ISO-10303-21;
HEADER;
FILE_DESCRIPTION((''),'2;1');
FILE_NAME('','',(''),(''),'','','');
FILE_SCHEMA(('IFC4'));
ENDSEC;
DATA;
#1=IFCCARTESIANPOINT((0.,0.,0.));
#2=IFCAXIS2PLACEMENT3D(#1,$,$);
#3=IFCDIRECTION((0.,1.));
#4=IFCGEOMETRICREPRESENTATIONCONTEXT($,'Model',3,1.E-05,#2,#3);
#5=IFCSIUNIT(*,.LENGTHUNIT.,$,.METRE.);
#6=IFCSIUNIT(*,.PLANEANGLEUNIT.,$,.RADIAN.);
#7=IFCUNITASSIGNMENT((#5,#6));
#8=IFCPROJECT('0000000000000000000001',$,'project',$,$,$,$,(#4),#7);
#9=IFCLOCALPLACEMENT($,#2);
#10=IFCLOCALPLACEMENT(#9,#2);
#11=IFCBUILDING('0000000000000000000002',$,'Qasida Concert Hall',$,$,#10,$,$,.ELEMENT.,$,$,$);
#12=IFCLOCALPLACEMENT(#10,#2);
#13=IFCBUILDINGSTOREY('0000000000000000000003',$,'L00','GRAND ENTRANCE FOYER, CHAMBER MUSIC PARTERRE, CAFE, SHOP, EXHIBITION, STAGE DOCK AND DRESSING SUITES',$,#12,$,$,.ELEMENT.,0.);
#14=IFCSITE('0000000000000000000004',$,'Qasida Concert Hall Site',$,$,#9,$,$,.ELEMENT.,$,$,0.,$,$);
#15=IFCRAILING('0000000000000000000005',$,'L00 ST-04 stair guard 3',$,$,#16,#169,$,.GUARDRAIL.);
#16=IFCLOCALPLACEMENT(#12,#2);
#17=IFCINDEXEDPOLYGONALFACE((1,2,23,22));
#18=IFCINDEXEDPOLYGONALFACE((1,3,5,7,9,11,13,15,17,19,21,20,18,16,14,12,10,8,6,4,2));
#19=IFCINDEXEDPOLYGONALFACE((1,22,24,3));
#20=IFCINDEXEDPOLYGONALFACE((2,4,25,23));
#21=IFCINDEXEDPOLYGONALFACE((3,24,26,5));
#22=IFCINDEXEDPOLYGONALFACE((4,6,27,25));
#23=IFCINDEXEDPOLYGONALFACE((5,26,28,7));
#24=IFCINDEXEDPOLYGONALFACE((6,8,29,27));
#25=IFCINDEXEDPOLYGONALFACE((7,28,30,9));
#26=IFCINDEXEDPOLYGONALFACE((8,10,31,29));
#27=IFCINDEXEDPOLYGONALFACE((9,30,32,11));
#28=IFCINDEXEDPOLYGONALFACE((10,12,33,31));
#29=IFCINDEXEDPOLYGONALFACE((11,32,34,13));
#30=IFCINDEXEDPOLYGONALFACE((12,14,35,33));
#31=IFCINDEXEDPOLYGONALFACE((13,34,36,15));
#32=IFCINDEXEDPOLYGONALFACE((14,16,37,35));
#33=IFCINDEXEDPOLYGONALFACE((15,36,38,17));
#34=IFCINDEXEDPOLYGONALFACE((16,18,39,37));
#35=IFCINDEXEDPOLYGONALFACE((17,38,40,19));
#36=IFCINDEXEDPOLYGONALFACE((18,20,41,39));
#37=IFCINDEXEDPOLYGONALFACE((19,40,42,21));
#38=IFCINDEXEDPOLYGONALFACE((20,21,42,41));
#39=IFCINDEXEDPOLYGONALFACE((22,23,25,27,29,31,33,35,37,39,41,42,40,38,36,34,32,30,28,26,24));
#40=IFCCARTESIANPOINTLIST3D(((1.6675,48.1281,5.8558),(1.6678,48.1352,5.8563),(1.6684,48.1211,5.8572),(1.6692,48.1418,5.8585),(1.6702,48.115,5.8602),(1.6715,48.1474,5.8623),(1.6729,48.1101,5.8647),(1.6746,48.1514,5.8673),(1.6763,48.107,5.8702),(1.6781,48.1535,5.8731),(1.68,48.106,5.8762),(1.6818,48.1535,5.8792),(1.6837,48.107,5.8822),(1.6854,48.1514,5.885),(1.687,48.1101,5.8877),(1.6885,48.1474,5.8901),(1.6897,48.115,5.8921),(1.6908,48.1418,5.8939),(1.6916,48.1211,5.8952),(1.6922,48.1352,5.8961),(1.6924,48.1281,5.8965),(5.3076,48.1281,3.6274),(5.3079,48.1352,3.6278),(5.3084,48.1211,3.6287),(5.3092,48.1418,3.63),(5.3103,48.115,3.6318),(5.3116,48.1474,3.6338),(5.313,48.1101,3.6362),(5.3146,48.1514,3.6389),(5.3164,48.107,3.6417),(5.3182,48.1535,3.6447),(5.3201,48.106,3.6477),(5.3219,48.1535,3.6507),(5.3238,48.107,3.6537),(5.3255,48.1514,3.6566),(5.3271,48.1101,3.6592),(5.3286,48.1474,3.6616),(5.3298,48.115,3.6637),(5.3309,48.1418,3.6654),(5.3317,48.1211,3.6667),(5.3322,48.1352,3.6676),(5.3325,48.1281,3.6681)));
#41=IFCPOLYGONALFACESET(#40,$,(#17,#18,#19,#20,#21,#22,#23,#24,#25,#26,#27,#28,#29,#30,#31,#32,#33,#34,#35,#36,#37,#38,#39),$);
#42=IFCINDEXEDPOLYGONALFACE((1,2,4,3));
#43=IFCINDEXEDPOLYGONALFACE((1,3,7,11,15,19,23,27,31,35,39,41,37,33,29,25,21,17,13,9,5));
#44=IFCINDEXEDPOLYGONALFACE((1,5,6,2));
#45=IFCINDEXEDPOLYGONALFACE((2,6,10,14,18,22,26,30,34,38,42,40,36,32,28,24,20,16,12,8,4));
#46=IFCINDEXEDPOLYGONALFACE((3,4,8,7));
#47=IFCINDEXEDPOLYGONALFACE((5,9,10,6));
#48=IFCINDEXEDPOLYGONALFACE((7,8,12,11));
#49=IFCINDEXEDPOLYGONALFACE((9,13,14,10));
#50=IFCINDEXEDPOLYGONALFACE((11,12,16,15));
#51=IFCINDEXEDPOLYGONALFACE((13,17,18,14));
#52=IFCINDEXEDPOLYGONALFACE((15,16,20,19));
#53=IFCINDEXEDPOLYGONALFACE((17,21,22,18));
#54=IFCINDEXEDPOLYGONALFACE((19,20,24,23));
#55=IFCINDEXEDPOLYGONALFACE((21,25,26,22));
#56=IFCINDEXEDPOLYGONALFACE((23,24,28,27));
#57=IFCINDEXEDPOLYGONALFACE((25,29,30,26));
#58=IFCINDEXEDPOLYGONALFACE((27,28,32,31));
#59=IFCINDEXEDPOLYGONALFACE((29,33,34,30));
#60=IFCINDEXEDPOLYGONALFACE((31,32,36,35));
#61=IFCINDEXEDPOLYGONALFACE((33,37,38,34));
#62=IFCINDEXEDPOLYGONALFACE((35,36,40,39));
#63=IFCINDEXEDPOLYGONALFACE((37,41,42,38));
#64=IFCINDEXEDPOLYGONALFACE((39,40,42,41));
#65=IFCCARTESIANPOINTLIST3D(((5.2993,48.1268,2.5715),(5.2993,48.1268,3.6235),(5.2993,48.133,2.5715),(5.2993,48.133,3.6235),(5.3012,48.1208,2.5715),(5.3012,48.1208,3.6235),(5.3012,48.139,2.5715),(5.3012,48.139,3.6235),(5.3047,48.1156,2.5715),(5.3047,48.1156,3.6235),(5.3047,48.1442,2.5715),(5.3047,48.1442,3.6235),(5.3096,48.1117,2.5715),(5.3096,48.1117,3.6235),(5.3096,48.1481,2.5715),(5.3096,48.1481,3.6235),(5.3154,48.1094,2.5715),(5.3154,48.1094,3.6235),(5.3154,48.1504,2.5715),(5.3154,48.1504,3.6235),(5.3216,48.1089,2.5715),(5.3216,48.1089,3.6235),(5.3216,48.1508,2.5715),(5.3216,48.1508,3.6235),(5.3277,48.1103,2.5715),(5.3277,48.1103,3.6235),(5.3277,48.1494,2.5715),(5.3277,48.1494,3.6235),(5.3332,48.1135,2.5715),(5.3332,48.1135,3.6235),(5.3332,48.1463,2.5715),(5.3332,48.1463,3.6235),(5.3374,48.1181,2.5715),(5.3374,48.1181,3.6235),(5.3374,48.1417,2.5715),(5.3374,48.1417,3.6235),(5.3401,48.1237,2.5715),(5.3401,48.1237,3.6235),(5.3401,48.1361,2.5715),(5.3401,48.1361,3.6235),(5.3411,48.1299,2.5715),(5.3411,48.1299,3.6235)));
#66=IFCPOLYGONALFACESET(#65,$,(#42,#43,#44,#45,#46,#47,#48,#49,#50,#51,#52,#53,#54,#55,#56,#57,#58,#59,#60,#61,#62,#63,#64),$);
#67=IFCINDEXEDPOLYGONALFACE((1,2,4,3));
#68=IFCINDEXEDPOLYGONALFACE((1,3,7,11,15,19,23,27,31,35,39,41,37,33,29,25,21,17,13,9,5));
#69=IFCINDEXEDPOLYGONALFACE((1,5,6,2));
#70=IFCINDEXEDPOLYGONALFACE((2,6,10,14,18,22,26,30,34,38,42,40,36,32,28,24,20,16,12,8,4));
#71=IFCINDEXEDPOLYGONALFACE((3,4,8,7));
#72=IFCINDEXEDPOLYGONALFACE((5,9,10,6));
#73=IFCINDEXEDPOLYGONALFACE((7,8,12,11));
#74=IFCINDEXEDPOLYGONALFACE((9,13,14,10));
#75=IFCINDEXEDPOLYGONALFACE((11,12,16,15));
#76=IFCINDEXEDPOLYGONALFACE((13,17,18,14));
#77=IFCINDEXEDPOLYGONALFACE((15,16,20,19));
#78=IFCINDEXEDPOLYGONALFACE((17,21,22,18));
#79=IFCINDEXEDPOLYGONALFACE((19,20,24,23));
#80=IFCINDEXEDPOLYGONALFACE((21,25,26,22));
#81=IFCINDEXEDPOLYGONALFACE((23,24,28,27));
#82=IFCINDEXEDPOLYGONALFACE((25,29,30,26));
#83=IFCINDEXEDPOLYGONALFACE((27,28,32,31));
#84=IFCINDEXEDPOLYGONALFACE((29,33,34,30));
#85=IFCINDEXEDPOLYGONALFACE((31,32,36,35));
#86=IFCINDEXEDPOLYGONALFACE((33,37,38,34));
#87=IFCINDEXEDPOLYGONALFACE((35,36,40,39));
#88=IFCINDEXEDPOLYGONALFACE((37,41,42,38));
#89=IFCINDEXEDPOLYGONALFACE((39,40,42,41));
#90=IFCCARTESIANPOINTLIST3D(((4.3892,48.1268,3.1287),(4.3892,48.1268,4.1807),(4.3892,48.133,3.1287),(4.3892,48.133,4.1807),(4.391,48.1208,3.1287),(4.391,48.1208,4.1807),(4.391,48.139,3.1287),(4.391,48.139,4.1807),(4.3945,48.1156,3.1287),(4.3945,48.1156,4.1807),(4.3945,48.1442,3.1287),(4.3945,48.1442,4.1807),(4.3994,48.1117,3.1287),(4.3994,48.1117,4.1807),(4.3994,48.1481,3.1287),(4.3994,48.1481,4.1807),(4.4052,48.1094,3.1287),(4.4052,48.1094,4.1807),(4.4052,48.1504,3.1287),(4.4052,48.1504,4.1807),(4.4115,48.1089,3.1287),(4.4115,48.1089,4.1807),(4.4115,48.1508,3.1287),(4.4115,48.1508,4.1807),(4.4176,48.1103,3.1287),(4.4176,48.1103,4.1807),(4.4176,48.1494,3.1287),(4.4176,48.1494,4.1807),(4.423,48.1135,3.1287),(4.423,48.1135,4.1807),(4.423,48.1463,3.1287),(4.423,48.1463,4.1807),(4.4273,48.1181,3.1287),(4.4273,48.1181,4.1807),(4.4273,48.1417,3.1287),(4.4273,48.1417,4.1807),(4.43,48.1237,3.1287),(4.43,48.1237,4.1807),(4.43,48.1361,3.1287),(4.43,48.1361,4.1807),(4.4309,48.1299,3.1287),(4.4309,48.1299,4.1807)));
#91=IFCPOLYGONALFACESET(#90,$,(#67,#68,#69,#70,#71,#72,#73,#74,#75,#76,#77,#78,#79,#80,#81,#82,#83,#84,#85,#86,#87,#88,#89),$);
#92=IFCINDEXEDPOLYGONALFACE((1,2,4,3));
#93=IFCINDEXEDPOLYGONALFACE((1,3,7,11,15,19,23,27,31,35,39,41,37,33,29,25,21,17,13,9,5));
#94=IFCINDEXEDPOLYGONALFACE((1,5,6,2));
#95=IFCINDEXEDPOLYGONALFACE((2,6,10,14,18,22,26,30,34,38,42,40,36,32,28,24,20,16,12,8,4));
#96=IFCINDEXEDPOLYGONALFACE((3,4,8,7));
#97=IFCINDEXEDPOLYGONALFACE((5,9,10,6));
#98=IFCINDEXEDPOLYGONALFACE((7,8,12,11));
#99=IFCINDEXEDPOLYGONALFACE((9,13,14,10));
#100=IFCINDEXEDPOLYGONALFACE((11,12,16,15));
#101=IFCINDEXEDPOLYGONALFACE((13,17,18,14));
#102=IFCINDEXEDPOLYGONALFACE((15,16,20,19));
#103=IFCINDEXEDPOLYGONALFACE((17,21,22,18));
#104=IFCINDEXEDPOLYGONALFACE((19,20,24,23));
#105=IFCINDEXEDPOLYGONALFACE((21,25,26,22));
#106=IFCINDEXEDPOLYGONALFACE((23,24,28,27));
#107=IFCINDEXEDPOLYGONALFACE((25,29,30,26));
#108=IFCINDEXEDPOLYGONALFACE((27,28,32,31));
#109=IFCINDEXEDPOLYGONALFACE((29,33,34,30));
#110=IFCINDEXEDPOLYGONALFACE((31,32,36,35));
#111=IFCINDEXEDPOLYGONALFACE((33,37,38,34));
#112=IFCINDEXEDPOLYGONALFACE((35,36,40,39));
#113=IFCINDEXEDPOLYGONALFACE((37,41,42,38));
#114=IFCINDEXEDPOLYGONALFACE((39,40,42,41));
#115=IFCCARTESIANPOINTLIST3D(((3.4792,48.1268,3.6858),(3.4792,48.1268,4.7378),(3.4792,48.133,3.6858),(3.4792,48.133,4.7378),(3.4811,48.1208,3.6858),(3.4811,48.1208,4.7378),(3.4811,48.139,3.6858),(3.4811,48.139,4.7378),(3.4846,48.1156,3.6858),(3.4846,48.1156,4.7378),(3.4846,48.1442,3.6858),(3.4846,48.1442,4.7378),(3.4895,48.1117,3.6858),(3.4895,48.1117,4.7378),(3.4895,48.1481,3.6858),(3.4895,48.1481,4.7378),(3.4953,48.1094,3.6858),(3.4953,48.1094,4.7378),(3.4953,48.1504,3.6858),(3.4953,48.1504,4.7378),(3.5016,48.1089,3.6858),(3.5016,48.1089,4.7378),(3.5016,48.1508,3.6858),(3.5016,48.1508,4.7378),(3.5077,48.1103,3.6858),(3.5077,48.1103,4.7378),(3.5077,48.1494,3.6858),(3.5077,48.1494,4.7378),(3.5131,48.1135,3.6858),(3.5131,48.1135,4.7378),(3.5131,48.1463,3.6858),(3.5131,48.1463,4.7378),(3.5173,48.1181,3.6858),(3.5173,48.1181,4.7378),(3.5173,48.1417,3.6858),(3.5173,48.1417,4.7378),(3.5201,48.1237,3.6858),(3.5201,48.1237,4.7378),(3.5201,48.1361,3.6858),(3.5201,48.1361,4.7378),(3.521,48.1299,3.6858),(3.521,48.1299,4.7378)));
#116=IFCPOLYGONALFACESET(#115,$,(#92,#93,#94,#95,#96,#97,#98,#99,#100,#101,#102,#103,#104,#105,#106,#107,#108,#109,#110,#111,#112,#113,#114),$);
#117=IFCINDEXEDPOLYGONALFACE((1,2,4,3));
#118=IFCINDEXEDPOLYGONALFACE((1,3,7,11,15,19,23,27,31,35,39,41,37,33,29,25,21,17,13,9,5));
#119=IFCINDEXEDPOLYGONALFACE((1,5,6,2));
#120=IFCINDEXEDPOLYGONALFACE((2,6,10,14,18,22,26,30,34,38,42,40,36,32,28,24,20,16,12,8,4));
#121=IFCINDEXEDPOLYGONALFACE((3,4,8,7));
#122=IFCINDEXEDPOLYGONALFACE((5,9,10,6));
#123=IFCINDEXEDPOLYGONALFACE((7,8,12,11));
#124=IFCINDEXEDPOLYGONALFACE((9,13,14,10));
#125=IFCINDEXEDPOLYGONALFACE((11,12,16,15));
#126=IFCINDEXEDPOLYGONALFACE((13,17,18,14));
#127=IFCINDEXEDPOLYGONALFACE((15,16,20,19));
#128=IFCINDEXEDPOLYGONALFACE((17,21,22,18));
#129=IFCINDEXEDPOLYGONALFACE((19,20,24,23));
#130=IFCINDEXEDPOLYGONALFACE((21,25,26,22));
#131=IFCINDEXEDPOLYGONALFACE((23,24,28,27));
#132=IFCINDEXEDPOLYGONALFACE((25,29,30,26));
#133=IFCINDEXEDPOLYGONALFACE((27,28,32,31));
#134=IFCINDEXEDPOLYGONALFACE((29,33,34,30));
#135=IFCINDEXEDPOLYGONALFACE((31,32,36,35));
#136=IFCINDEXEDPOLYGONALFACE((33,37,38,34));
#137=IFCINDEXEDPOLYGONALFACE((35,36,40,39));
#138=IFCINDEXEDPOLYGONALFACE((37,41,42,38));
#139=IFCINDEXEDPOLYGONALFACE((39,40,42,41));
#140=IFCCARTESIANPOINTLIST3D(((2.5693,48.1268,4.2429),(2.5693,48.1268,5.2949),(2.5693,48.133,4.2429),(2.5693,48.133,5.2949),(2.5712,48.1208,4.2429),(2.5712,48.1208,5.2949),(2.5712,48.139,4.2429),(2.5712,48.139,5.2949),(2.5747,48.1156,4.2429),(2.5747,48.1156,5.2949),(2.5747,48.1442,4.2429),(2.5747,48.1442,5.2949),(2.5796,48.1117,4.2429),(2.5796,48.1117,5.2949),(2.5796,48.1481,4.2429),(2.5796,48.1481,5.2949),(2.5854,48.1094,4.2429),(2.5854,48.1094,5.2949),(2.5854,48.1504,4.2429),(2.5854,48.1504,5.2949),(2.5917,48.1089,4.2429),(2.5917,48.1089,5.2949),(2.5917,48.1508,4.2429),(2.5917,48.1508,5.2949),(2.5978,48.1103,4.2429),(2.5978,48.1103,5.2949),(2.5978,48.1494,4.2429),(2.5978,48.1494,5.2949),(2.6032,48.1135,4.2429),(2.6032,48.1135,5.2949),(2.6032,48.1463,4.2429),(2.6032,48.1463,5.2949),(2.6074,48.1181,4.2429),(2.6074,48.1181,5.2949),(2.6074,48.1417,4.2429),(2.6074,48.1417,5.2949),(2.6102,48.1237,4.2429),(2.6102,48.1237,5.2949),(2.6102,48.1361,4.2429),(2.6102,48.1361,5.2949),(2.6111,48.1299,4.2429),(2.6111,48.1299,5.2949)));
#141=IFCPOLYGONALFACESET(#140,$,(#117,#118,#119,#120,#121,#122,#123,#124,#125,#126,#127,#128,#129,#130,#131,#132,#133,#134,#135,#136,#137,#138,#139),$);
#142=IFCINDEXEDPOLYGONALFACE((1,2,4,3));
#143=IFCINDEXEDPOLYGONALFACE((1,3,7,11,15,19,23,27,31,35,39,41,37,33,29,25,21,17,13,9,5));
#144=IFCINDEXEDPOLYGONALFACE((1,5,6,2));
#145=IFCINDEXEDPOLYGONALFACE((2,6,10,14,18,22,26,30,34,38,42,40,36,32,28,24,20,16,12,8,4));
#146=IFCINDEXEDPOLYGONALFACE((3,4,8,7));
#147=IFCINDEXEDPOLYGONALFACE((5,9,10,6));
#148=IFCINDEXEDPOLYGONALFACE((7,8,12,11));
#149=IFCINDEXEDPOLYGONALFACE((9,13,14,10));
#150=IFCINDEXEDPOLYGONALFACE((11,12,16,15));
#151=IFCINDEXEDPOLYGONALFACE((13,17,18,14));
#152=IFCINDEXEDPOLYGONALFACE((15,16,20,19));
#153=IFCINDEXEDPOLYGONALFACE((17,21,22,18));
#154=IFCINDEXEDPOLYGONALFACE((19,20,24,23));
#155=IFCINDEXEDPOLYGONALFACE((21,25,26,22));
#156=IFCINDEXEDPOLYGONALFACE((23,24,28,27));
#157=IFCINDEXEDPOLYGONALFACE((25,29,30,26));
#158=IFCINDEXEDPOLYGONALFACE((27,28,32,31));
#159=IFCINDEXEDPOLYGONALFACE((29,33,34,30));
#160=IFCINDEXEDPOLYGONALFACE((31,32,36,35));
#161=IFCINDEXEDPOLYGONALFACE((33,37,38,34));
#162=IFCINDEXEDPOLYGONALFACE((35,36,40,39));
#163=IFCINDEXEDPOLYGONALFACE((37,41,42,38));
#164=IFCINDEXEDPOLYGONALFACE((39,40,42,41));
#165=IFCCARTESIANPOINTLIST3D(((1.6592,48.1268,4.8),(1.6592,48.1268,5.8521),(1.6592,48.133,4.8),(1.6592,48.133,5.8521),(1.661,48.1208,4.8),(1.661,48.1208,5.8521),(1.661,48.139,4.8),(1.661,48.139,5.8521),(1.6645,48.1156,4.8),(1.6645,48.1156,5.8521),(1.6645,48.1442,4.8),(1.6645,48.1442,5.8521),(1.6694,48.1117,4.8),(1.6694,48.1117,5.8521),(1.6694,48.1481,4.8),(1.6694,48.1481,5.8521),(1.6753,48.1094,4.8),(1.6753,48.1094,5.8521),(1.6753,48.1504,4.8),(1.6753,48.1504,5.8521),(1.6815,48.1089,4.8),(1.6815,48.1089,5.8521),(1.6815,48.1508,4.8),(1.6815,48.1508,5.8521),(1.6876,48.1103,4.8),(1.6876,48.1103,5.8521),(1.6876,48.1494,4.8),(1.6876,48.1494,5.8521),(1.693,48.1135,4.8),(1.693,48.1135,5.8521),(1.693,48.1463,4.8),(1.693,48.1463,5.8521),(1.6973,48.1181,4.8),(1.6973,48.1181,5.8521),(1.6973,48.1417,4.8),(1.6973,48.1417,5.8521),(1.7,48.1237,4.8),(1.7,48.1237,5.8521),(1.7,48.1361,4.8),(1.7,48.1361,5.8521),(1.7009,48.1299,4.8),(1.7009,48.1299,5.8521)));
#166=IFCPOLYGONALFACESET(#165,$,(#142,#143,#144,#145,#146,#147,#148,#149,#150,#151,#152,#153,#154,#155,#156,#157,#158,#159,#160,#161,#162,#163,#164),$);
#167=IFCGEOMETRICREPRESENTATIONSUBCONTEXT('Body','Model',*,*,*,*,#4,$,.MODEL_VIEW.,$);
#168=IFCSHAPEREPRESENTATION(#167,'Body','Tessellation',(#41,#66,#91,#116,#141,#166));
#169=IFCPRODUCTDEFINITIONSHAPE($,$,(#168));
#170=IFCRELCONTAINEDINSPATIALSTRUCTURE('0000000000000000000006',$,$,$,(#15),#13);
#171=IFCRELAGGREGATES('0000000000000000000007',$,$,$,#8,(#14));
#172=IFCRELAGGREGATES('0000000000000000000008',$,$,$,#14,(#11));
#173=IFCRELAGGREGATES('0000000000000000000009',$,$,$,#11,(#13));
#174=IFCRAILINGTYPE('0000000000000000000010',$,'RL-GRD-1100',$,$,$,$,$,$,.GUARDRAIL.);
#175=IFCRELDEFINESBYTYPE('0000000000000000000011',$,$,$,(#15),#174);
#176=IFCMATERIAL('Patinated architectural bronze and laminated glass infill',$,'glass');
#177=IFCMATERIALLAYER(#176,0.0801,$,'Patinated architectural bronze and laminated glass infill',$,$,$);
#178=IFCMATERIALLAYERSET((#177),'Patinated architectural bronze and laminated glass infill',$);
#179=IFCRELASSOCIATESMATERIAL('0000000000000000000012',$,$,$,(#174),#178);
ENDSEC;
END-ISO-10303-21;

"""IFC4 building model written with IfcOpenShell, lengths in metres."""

from ifc_helpers import new_model, si_unit, direction, frame, origin, origin_2d, place, context, subcontext, project, spatial, circle, extrude, material, layer, layer_set, type_object, element, save


model = new_model("IFC4")

# Units and contexts
model_context = context("Model", 3, precision=1e-05, world=origin(), true_north=direction((0.0, 1.0)))
body_context = subcontext(model_context, "Body", "Model", "MODEL_VIEW")
ifc_project = project(units=[si_unit("LENGTHUNIT", "METRE"), si_unit("PLANEANGLEUNIT", "RADIAN")], contexts=[model_context])

# Site, building, storey
site_placement = place(None, origin())
site = spatial("IfcSite", under=ifc_project, at=site_placement, Name="Qasida Concert Hall Site", CompositionType="ELEMENT", RefElevation=0.0)
building_placement = place(site_placement, origin())
building = spatial("IfcBuilding", under=site, at=building_placement, Name="Qasida Concert Hall", CompositionType="ELEMENT")
storey_placement = place(building_placement, origin())
storey = spatial("IfcBuildingStorey", under=building, at=storey_placement, Name="L00", Description="GRAND ENTRANCE FOYER, CHAMBER MUSIC PARTERRE, CAFE, SHOP, EXHIBITION, STAGE DOCK AND DRESSING SUITES", CompositionType="ELEMENT", Elevation=0.0)

# Railing
ifc_material_1 = material(Name="Patinated architectural bronze and laminated glass infill", Category="glass")
ifc_layer_1 = layer(ifc_material_1, 0.0801, Name="Patinated architectural bronze and laminated glass infill")
ifc_layer_set_1 = layer_set([ifc_layer_1], Name="Patinated architectural bronze and laminated glass infill")
railing_type_1 = type_object("IfcRailingType", Name="RL-GRD-1100", PredefinedType="GUARDRAIL", material=ifc_layer_set_1)
railing_1_placement = place(storey_placement, frame((5.3201, 48.1299, 2.5715)))
element("IfcRailing", 1, at=railing_1_placement, inside=storey, type_object=railing_type_1, Name="L00 ST-04 stair guard 3", PredefinedType="GUARDRAIL", context=body_context, shape_type="SweptSolid", body=[
    extrude(circle(Radius=0.0239, at=origin_2d()), frame((0.0, 0.0, 1.0762), z_axis=(-0.852866, 0.0, 0.52213), x_axis=(0.0, -1.0, 0.0)), (0.0, 0.0, 1.0), 4.2681),
    extrude(circle(Radius=0.021, at=origin_2d()), origin(), (0.0, 0.0, 1.0), 1.052),
    extrude(circle(Radius=0.021, at=origin_2d()), frame((-0.9102, 0.0, 0.5571)), (0.0, 0.0, 1.0), 1.052),
    extrude(circle(Radius=0.021, at=origin_2d()), frame((-1.8201, 0.0, 1.1143)), (0.0, 0.0, 1.0), 1.052),
    extrude(circle(Radius=0.021, at=origin_2d()), frame((-2.73, 0.0, 1.6714)), (0.0, 0.0, 1.0), 1.052),
    extrude(circle(Radius=0.021, at=origin_2d()), frame((-3.6401, 0.0, 2.2285)), (0.0, 0.0, 1.0), 1.052),
])

save(model, "model.ifc")
